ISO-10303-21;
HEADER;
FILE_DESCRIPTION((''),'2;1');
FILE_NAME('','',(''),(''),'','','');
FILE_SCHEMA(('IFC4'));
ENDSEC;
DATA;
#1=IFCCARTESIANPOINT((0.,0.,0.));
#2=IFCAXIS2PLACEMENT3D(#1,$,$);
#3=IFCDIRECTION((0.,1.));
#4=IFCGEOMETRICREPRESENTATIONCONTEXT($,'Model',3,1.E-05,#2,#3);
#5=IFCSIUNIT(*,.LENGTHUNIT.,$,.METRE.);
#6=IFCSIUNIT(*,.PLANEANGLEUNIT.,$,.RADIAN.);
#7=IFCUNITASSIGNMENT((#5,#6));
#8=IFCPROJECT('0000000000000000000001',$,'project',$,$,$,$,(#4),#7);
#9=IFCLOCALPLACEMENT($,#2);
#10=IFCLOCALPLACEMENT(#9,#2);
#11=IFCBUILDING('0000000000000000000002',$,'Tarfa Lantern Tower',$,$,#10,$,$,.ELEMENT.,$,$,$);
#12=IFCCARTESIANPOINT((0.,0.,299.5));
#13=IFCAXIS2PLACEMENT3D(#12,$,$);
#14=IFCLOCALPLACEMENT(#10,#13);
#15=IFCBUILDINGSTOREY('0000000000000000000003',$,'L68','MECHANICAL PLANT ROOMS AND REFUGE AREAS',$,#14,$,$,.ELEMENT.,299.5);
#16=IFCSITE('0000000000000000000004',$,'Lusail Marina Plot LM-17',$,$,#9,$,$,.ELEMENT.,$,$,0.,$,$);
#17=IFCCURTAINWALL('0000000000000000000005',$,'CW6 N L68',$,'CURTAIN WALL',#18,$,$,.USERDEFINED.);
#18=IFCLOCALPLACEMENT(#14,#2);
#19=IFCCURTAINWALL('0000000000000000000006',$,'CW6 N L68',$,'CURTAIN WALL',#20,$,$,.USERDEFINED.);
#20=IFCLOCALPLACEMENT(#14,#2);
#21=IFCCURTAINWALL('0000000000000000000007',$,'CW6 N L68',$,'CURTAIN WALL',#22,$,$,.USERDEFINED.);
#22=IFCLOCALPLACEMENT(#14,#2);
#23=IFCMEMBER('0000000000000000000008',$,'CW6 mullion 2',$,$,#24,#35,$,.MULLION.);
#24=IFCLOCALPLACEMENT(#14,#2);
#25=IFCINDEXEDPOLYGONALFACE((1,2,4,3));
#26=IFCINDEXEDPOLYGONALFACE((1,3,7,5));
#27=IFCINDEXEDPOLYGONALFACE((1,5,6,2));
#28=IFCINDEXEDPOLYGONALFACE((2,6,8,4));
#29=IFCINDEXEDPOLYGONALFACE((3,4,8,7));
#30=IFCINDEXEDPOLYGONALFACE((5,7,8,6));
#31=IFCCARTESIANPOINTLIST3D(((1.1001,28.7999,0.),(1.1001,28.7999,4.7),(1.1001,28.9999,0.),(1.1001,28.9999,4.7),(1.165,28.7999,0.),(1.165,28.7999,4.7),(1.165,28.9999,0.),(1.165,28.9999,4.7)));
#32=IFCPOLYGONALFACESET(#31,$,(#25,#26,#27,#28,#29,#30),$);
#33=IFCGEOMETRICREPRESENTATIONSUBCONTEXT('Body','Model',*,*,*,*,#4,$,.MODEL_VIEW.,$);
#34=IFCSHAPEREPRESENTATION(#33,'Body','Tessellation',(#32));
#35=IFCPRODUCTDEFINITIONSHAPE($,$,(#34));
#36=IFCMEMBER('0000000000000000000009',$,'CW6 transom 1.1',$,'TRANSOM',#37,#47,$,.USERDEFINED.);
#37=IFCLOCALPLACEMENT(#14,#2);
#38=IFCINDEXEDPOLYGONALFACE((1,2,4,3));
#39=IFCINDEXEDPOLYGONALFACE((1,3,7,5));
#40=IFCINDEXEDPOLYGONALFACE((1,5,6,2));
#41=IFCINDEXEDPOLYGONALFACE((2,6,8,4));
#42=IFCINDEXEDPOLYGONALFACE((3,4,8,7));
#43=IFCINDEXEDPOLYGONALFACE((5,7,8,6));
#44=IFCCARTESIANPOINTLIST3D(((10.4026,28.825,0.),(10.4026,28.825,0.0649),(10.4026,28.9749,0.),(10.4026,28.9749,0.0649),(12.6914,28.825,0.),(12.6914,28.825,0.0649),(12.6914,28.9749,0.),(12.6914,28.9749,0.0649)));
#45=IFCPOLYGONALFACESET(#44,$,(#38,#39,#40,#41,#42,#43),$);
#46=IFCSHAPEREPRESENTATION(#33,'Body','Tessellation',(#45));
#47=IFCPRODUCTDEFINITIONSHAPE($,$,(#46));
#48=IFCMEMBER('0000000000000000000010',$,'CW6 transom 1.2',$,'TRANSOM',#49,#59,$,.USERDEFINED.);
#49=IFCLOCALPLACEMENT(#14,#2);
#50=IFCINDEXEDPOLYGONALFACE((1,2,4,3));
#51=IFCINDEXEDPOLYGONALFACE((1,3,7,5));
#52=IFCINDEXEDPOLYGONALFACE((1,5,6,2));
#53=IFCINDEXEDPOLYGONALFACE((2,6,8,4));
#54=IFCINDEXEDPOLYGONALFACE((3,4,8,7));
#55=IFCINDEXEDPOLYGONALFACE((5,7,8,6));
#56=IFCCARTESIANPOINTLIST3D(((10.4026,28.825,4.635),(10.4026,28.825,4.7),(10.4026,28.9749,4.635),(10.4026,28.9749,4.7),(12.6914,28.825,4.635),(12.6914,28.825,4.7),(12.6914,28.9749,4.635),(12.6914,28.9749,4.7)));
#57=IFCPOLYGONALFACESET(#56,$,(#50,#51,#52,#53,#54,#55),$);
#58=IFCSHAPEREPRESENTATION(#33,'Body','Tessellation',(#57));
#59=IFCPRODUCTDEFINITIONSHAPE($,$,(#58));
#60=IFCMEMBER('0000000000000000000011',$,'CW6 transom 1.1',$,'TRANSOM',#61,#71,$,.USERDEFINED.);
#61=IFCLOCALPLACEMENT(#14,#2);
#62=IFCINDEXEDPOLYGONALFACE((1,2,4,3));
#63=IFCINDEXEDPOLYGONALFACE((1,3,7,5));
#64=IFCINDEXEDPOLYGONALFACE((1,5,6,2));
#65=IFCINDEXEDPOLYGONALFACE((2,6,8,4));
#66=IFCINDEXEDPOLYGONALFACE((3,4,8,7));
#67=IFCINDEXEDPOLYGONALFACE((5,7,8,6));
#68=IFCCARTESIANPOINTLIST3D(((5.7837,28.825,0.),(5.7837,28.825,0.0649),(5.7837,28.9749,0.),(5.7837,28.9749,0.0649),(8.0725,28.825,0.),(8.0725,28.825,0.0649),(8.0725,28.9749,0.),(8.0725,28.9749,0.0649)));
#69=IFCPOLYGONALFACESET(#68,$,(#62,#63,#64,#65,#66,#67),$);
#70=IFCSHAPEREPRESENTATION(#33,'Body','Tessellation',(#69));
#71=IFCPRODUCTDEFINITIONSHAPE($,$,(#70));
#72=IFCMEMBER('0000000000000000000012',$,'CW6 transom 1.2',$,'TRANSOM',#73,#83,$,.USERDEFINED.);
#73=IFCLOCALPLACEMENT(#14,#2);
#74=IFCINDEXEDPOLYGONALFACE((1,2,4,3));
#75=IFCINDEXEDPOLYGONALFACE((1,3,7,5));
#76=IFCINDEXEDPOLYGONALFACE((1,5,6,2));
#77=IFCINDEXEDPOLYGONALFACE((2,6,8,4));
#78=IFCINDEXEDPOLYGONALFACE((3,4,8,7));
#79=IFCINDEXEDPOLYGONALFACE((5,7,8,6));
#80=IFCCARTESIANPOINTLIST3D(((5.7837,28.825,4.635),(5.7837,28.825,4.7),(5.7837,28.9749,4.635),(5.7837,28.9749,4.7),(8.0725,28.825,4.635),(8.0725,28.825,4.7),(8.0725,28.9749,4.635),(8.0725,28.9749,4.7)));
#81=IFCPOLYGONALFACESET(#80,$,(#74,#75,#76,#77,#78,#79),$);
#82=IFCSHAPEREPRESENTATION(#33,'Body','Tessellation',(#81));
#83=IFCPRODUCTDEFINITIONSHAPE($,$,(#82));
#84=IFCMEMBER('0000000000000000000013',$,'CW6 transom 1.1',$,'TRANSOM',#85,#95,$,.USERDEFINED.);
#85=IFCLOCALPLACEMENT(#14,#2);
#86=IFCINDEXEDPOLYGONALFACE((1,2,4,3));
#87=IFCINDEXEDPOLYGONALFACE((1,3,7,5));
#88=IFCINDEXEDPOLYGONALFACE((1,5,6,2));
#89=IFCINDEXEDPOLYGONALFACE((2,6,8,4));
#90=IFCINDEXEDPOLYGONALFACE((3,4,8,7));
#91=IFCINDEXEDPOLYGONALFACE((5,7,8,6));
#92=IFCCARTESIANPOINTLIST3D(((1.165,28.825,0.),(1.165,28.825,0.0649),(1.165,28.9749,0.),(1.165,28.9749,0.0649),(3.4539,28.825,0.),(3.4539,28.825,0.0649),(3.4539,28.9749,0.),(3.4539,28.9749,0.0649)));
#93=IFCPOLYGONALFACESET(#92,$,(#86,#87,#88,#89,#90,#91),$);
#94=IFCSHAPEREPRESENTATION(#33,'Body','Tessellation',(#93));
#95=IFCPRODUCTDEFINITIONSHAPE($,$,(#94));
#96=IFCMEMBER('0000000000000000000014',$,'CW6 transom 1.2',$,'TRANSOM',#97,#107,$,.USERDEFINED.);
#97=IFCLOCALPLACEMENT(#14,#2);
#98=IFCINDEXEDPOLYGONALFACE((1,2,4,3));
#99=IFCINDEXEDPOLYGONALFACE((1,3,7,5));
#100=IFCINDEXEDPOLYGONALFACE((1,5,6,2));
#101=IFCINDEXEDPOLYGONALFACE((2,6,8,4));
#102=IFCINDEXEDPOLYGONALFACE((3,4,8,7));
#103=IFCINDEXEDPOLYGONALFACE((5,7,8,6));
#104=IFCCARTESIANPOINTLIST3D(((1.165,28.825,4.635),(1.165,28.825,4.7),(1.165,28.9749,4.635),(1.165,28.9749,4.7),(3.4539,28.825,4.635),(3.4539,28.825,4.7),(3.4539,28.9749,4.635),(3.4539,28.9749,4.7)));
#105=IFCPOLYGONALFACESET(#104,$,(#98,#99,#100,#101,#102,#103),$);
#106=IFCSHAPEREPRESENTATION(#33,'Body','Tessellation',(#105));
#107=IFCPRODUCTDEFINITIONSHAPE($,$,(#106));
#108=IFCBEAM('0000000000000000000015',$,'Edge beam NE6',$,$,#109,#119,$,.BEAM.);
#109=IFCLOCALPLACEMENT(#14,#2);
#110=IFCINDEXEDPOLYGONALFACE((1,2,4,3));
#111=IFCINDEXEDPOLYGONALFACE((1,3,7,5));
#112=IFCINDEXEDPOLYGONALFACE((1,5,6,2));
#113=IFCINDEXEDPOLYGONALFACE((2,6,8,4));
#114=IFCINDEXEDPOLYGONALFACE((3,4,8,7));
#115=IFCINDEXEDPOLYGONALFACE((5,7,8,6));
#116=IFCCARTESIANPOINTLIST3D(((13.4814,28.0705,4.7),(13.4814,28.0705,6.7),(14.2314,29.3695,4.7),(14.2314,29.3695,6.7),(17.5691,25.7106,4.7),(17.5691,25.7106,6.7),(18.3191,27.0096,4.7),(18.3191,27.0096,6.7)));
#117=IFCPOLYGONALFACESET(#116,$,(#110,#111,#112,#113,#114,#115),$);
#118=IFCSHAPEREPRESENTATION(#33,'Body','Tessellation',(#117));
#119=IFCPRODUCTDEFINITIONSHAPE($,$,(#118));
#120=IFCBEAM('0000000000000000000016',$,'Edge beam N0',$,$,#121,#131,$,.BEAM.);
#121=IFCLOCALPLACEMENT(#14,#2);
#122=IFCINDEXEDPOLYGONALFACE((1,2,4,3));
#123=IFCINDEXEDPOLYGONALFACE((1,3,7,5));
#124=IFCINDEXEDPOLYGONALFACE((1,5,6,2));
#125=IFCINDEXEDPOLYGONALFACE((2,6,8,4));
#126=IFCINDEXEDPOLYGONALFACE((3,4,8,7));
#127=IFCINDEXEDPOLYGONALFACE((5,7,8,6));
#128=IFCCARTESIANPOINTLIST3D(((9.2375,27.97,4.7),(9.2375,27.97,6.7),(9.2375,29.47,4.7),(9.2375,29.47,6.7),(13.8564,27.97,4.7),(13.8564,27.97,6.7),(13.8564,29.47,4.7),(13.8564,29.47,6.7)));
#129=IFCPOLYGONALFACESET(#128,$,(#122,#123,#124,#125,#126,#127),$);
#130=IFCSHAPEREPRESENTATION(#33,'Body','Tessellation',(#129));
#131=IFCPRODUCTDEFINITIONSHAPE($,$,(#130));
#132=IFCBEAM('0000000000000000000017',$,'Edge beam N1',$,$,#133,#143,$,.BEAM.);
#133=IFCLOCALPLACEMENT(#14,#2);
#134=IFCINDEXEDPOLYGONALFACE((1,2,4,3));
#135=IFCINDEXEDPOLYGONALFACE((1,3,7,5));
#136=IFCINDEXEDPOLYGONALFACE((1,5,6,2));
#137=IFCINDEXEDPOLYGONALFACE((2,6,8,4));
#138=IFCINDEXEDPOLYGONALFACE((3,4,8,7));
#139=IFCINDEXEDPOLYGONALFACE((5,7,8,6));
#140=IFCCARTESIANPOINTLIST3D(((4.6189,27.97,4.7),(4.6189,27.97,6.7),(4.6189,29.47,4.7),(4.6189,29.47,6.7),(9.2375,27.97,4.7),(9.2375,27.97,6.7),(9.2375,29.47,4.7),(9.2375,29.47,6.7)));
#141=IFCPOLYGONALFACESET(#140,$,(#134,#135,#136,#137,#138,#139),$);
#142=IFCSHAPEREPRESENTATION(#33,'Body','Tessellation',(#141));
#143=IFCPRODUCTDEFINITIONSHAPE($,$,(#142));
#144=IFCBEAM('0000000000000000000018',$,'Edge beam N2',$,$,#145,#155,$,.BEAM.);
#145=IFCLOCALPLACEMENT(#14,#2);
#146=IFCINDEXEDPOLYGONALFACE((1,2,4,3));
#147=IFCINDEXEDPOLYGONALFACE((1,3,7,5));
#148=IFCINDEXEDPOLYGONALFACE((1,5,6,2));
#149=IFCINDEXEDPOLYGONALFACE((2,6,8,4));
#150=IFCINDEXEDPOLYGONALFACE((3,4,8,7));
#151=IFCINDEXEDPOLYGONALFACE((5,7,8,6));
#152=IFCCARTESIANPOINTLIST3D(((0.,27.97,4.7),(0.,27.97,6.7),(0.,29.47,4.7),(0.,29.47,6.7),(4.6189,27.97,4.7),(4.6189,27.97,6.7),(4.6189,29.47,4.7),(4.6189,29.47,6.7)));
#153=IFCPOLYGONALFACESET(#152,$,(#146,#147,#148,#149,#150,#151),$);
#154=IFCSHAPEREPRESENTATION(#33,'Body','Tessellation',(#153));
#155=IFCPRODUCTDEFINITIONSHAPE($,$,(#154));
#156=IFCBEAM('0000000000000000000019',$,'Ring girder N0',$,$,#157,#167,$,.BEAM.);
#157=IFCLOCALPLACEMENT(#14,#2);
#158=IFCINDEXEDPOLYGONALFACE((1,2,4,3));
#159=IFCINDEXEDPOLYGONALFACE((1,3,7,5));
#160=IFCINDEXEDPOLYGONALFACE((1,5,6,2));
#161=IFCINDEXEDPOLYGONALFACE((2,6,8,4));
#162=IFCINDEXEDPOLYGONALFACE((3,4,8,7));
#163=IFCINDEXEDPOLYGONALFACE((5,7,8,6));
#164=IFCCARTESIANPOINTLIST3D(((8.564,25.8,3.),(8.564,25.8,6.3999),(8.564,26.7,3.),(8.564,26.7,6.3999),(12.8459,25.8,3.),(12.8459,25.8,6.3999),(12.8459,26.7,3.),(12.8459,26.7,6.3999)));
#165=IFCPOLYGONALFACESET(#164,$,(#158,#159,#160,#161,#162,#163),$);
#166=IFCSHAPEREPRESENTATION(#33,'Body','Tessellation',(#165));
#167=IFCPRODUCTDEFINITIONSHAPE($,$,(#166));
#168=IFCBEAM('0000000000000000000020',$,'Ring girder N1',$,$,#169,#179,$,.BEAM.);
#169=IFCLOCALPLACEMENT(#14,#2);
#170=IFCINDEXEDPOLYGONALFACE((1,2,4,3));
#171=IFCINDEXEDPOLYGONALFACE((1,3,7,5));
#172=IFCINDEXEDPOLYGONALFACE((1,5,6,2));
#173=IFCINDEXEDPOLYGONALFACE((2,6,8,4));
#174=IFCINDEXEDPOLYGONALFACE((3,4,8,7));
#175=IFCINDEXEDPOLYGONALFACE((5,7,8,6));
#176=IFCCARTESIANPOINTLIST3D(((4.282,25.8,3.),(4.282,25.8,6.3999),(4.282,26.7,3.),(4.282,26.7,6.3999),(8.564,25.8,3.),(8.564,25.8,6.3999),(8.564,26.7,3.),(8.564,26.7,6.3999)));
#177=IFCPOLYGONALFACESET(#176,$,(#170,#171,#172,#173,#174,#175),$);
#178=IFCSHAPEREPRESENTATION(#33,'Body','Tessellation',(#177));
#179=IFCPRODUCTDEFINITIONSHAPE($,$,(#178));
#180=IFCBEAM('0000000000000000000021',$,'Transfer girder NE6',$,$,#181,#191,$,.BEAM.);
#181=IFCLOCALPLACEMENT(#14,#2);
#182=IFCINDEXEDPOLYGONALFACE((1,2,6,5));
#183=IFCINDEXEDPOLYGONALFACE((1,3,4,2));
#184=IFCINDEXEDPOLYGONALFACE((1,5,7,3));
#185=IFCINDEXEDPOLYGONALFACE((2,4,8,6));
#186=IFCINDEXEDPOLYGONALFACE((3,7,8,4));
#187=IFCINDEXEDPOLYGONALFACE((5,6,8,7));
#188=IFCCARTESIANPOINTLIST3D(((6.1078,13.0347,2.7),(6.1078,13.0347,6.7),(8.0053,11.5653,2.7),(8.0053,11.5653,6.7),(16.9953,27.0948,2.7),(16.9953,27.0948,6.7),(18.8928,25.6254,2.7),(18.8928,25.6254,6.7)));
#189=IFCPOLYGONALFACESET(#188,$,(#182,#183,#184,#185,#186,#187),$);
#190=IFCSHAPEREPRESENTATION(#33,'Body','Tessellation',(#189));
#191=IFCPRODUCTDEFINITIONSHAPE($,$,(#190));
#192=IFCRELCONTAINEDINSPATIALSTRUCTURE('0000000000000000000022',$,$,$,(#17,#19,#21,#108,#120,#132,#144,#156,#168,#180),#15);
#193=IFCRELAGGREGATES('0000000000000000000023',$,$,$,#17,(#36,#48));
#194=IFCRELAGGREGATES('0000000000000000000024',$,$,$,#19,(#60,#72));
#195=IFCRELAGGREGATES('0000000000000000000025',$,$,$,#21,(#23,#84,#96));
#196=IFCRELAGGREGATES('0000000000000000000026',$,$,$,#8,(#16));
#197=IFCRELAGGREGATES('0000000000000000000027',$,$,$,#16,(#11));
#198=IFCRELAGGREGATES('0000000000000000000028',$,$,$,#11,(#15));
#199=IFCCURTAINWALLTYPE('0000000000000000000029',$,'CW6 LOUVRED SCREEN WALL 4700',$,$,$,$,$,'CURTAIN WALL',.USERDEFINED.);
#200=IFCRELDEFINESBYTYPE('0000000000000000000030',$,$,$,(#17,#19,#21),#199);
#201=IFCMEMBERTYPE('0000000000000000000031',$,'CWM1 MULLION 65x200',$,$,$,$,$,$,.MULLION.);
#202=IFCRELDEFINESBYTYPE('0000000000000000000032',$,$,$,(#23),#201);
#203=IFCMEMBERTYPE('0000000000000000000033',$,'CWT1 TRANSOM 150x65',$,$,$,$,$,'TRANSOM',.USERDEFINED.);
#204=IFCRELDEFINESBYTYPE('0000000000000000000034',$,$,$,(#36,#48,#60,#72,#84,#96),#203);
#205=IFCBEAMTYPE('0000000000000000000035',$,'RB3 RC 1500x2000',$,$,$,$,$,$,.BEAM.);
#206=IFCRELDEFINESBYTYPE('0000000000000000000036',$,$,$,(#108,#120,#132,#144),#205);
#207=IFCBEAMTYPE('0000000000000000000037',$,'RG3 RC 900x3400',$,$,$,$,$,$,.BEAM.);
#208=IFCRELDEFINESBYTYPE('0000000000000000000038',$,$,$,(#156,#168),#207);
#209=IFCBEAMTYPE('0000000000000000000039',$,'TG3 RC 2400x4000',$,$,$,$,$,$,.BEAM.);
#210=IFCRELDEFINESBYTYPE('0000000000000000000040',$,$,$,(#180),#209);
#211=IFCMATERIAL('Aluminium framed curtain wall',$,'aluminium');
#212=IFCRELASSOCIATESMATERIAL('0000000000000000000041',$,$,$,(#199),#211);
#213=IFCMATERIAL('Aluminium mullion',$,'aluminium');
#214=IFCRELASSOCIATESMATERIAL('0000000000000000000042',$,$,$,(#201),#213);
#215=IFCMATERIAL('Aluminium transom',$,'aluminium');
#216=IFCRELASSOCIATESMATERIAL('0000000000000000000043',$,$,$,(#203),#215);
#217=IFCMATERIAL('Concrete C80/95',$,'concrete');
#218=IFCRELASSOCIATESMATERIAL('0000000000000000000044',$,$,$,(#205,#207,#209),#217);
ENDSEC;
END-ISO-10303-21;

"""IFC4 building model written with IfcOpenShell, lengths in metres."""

from ifc_helpers import new_model, si_unit, direction, frame, origin, origin_2d, place, context, subcontext, project, spatial, rectangle, extrude, material, material_profile, profile_set, type_object, element, aggregate, save


model = new_model("IFC4")

# Units and contexts
model_context = context("Model", 3, precision=1e-05, world=origin(), true_north=direction((0.0, 1.0)))
body_context = subcontext(model_context, "Body", "Model", "MODEL_VIEW")
ifc_project = project(units=[si_unit("LENGTHUNIT", "METRE"), si_unit("PLANEANGLEUNIT", "RADIAN")], contexts=[model_context])

# Site, building, storey
site_placement = place(None, origin())
site = spatial("IfcSite", under=ifc_project, at=site_placement, Name="Lusail Marina Plot LM-17", CompositionType="ELEMENT", RefElevation=0.0)
building_placement = place(site_placement, origin())
building = spatial("IfcBuilding", under=site, at=building_placement, Name="Tarfa Lantern Tower", CompositionType="ELEMENT")
storey_placement = place(building_placement, frame((0.0, 0.0, 299.5)))
storey = spatial("IfcBuildingStorey", under=building, at=storey_placement, Name="L68", Description="MECHANICAL PLANT ROOMS AND REFUGE AREAS", CompositionType="ELEMENT", Elevation=299.5)

# Shared definitions
ifc_material_1 = material(Name="Concrete C80/95", Category="concrete")

# Curtain walls, member
ifc_material_2 = material(Name="Aluminium framed curtain wall", Category="aluminium")
curtain_wall_type = type_object("IfcCurtainWallType", Name="CW6 LOUVRED SCREEN WALL 4700", ElementType="CURTAIN WALL", PredefinedType="USERDEFINED", material=ifc_material_2)
curtain_wall_1_placement = place(storey_placement, origin())
curtain_wall_1 = element("IfcCurtainWall", 1, at=curtain_wall_1_placement, inside=storey, type_object=curtain_wall_type, Name="CW6 N L68", ObjectType="CURTAIN WALL", PredefinedType="USERDEFINED")
ifc_material_3 = material(Name="Aluminium mullion", Category="aluminium")
ifc_material_profile_1 = material_profile(ifc_material_3, rectangle(XDim=0.0649, YDim=0.2, at=origin_2d()), Name="AL MULLION 65x200")
ifc_profile_set_1 = profile_set([ifc_material_profile_1], Name="Aluminium mullion")
member_type_1 = type_object("IfcMemberType", Name="CWM1 MULLION 65x200", PredefinedType="MULLION", material=ifc_profile_set_1)
curtain_wall_2_placement = place(storey_placement, origin())
curtain_wall_2 = element("IfcCurtainWall", 2, at=curtain_wall_2_placement, inside=storey, type_object=curtain_wall_type, Name="CW6 N L68", ObjectType="CURTAIN WALL", PredefinedType="USERDEFINED")
curtain_wall_3_placement = place(storey_placement, origin())
curtain_wall_3 = element("IfcCurtainWall", 3, at=curtain_wall_3_placement, inside=storey, type_object=curtain_wall_type, Name="CW6 N L68", ObjectType="CURTAIN WALL", PredefinedType="USERDEFINED")
member_1_placement = place(storey_placement, frame((1.1326, 28.8999, 0.0), z_axis=(0.0, 0.0, 1.0), x_axis=(1.0, 0.0, 0.0)))
member_1 = element("IfcMember", 4, at=member_1_placement, type_object=member_type_1, Name="CW6 mullion 2", PredefinedType="MULLION", context=body_context, shape_type="SweptSolid", body=[
    extrude(rectangle(XDim=0.0649, YDim=0.2, at=origin_2d()), origin(), (0.0, 0.0, 1.0), 4.7),
])

# Members
ifc_material_4 = material(Name="Aluminium transom", Category="aluminium")
ifc_material_profile_2 = material_profile(ifc_material_4, rectangle(XDim=0.1499, YDim=0.0649, at=origin_2d()), Name="AL TRANSOM 150x65")
ifc_profile_set_2 = profile_set([ifc_material_profile_2], Name="Aluminium transom")
member_type_2 = type_object("IfcMemberType", Name="CWT1 TRANSOM 150x65", ElementType="TRANSOM", PredefinedType="USERDEFINED", material=ifc_profile_set_2)
member_2_placement = place(storey_placement, frame((12.6914, 28.8999, 0.0325), z_axis=(-1.0, 0.0, 0.0), x_axis=(0.0, -1.0, 0.0)))
member_2 = element("IfcMember", 5, at=member_2_placement, type_object=member_type_2, Name="CW6 transom 1.1", ObjectType="TRANSOM", PredefinedType="USERDEFINED", context=body_context, shape_type="SweptSolid", body=[
    extrude(rectangle(XDim=0.1499, YDim=0.0649, at=origin_2d()), origin(), (0.0, 0.0, 1.0), 2.2888),
])
member_3_placement = place(storey_placement, frame((12.6914, 28.8999, 4.6675), z_axis=(-1.0, 0.0, 0.0), x_axis=(0.0, -1.0, 0.0)))
member_3 = element("IfcMember", 6, at=member_3_placement, type_object=member_type_2, Name="CW6 transom 1.2", ObjectType="TRANSOM", PredefinedType="USERDEFINED", context=body_context, shape_type="SweptSolid", body=[
    extrude(rectangle(XDim=0.1499, YDim=0.0649, at=origin_2d()), origin(), (0.0, 0.0, 1.0), 2.2888),
])
member_4_placement = place(storey_placement, frame((8.0725, 28.8999, 0.0325), z_axis=(-1.0, 0.0, 0.0), x_axis=(0.0, -1.0, 0.0)))
member_4 = element("IfcMember", 7, at=member_4_placement, type_object=member_type_2, Name="CW6 transom 1.1", ObjectType="TRANSOM", PredefinedType="USERDEFINED", context=body_context, shape_type="SweptSolid", body=[
    extrude(rectangle(XDim=0.1499, YDim=0.0649, at=origin_2d()), origin(), (0.0, 0.0, 1.0), 2.2888),
])
member_5_placement = place(storey_placement, frame((8.0725, 28.8999, 4.6675), z_axis=(-1.0, 0.0, 0.0), x_axis=(0.0, -1.0, 0.0)))
member_5 = element("IfcMember", 8, at=member_5_placement, type_object=member_type_2, Name="CW6 transom 1.2", ObjectType="TRANSOM", PredefinedType="USERDEFINED", context=body_context, shape_type="SweptSolid", body=[
    extrude(rectangle(XDim=0.1499, YDim=0.0649, at=origin_2d()), origin(), (0.0, 0.0, 1.0), 2.2888),
])
member_6_placement = place(storey_placement, frame((3.4539, 28.8999, 0.0325), z_axis=(-1.0, 0.0, 0.0), x_axis=(0.0, -1.0, 0.0)))
member_6 = element("IfcMember", 9, at=member_6_placement, type_object=member_type_2, Name="CW6 transom 1.1", ObjectType="TRANSOM", PredefinedType="USERDEFINED", context=body_context, shape_type="SweptSolid", body=[
    extrude(rectangle(XDim=0.1499, YDim=0.0649, at=origin_2d()), origin(), (0.0, 0.0, 1.0), 2.2888),
])
member_7_placement = place(storey_placement, frame((3.4539, 28.8999, 4.6675), z_axis=(-1.0, 0.0, 0.0), x_axis=(0.0, -1.0, 0.0)))
member_7 = element("IfcMember", 10, at=member_7_placement, type_object=member_type_2, Name="CW6 transom 1.2", ObjectType="TRANSOM", PredefinedType="USERDEFINED", context=body_context, shape_type="SweptSolid", body=[
    extrude(rectangle(XDim=0.1499, YDim=0.0649, at=origin_2d()), origin(), (0.0, 0.0, 1.0), 2.2888),
])

# Beams
ifc_material_profile_3 = material_profile(ifc_material_1, rectangle(XDim=1.5, YDim=2.0, at=origin_2d()), Name="RC 1500x2000")
ifc_profile_set_3 = profile_set([ifc_material_profile_3], Name="Concrete C80/95")
beam_type_1 = type_object("IfcBeamType", Name="RB3 RC 1500x2000", PredefinedType="BEAM", material=ifc_profile_set_3)
beam_1_placement = place(storey_placement, frame((17.9441, 26.3601, 5.7), z_axis=(-0.866038, 0.499978, 0.0), x_axis=(-0.499978, -0.866038, 0.0)))
element("IfcBeam", 11, at=beam_1_placement, inside=storey, type_object=beam_type_1, Name="Edge beam NE6", PredefinedType="BEAM", context=body_context, shape_type="SweptSolid", body=[
    extrude(rectangle(XDim=1.5, YDim=2.0, at=origin_2d()), origin(), (0.0, 0.0, 1.0), 4.72),
])
beam_2_placement = place(storey_placement, frame((13.8564, 28.72, 5.7), z_axis=(-1.0, 0.0, 0.0), x_axis=(0.0, -1.0, 0.0)))
element("IfcBeam", 12, at=beam_2_placement, inside=storey, type_object=beam_type_1, Name="Edge beam N0", PredefinedType="BEAM", context=body_context, shape_type="SweptSolid", body=[
    extrude(rectangle(XDim=1.5, YDim=2.0, at=origin_2d()), origin(), (0.0, 0.0, 1.0), 4.6189),
])
beam_3_placement = place(storey_placement, frame((9.2375, 28.72, 5.7), z_axis=(-1.0, 0.0, 0.0), x_axis=(0.0, -1.0, 0.0)))
element("IfcBeam", 13, at=beam_3_placement, inside=storey, type_object=beam_type_1, Name="Edge beam N1", PredefinedType="BEAM", context=body_context, shape_type="SweptSolid", body=[
    extrude(rectangle(XDim=1.5, YDim=2.0, at=origin_2d()), origin(), (0.0, 0.0, 1.0), 4.6187),
])
beam_4_placement = place(storey_placement, frame((4.6189, 28.72, 5.7), z_axis=(-1.0, 0.0, 0.0), x_axis=(0.0, -1.0, 0.0)))
element("IfcBeam", 14, at=beam_4_placement, inside=storey, type_object=beam_type_1, Name="Edge beam N2", PredefinedType="BEAM", context=body_context, shape_type="SweptSolid", body=[
    extrude(rectangle(XDim=1.5, YDim=2.0, at=origin_2d()), origin(), (0.0, 0.0, 1.0), 4.6189),
])
ifc_material_profile_4 = material_profile(ifc_material_1, rectangle(XDim=0.8999, YDim=3.3999, at=origin_2d()), Name="RC 900x3400")
ifc_profile_set_4 = profile_set([ifc_material_profile_4], Name="Concrete C80/95")
beam_type_2 = type_object("IfcBeamType", Name="RG3 RC 900x3400", PredefinedType="BEAM", material=ifc_profile_set_4)
for number, where, z_axis, x_axis, name in (
    (15, (12.8459, 26.25, 4.7), (-1.0, 0.0, 0.0), (0.0, -1.0, 0.0), "Ring girder N0"),
    (16, (8.564, 26.25, 4.7), (-1.0, 0.0, 0.0), (0.0, -1.0, 0.0), "Ring girder N1"),
):
    element("IfcBeam", number, at=place(storey_placement, frame(where, z_axis=z_axis, x_axis=x_axis)), inside=storey, type_object=beam_type_2, Name=name, PredefinedType="BEAM", context=body_context, shape_type="SweptSolid", body=[
        extrude(rectangle(XDim=0.8999, YDim=3.3999, at=origin_2d()), origin(), (0.0, 0.0, 1.0), 4.282),
    ])
ifc_material_profile_5 = material_profile(ifc_material_1, rectangle(XDim=2.3999, YDim=4.0, at=origin_2d()), Name="RC 2400x4000")
ifc_profile_set_5 = profile_set([ifc_material_profile_5], Name="Concrete C80/95")
beam_type_3 = type_object("IfcBeamType", Name="TG3 RC 2400x4000", PredefinedType="BEAM", material=ifc_profile_set_5)
beam_5_placement = place(storey_placement, frame((17.9441, 26.3601, 4.7), z_axis=(-0.612252, -0.790663, 0.0), x_axis=(0.790663, -0.612252, 0.0)))
element("IfcBeam", 17, at=beam_5_placement, inside=storey, type_object=beam_type_3, Name="Transfer girder NE6", PredefinedType="BEAM", context=body_context, shape_type="SweptSolid", body=[
    extrude(rectangle(XDim=2.3999, YDim=4.0, at=origin_2d()), origin(), (0.0, 0.0, 1.0), 17.7827),
])

aggregate(curtain_wall_1, [member_2, member_3])
aggregate(curtain_wall_2, [member_4, member_5])
aggregate(curtain_wall_3, [member_1, member_6, member_7])

save(model, "model.ifc")
